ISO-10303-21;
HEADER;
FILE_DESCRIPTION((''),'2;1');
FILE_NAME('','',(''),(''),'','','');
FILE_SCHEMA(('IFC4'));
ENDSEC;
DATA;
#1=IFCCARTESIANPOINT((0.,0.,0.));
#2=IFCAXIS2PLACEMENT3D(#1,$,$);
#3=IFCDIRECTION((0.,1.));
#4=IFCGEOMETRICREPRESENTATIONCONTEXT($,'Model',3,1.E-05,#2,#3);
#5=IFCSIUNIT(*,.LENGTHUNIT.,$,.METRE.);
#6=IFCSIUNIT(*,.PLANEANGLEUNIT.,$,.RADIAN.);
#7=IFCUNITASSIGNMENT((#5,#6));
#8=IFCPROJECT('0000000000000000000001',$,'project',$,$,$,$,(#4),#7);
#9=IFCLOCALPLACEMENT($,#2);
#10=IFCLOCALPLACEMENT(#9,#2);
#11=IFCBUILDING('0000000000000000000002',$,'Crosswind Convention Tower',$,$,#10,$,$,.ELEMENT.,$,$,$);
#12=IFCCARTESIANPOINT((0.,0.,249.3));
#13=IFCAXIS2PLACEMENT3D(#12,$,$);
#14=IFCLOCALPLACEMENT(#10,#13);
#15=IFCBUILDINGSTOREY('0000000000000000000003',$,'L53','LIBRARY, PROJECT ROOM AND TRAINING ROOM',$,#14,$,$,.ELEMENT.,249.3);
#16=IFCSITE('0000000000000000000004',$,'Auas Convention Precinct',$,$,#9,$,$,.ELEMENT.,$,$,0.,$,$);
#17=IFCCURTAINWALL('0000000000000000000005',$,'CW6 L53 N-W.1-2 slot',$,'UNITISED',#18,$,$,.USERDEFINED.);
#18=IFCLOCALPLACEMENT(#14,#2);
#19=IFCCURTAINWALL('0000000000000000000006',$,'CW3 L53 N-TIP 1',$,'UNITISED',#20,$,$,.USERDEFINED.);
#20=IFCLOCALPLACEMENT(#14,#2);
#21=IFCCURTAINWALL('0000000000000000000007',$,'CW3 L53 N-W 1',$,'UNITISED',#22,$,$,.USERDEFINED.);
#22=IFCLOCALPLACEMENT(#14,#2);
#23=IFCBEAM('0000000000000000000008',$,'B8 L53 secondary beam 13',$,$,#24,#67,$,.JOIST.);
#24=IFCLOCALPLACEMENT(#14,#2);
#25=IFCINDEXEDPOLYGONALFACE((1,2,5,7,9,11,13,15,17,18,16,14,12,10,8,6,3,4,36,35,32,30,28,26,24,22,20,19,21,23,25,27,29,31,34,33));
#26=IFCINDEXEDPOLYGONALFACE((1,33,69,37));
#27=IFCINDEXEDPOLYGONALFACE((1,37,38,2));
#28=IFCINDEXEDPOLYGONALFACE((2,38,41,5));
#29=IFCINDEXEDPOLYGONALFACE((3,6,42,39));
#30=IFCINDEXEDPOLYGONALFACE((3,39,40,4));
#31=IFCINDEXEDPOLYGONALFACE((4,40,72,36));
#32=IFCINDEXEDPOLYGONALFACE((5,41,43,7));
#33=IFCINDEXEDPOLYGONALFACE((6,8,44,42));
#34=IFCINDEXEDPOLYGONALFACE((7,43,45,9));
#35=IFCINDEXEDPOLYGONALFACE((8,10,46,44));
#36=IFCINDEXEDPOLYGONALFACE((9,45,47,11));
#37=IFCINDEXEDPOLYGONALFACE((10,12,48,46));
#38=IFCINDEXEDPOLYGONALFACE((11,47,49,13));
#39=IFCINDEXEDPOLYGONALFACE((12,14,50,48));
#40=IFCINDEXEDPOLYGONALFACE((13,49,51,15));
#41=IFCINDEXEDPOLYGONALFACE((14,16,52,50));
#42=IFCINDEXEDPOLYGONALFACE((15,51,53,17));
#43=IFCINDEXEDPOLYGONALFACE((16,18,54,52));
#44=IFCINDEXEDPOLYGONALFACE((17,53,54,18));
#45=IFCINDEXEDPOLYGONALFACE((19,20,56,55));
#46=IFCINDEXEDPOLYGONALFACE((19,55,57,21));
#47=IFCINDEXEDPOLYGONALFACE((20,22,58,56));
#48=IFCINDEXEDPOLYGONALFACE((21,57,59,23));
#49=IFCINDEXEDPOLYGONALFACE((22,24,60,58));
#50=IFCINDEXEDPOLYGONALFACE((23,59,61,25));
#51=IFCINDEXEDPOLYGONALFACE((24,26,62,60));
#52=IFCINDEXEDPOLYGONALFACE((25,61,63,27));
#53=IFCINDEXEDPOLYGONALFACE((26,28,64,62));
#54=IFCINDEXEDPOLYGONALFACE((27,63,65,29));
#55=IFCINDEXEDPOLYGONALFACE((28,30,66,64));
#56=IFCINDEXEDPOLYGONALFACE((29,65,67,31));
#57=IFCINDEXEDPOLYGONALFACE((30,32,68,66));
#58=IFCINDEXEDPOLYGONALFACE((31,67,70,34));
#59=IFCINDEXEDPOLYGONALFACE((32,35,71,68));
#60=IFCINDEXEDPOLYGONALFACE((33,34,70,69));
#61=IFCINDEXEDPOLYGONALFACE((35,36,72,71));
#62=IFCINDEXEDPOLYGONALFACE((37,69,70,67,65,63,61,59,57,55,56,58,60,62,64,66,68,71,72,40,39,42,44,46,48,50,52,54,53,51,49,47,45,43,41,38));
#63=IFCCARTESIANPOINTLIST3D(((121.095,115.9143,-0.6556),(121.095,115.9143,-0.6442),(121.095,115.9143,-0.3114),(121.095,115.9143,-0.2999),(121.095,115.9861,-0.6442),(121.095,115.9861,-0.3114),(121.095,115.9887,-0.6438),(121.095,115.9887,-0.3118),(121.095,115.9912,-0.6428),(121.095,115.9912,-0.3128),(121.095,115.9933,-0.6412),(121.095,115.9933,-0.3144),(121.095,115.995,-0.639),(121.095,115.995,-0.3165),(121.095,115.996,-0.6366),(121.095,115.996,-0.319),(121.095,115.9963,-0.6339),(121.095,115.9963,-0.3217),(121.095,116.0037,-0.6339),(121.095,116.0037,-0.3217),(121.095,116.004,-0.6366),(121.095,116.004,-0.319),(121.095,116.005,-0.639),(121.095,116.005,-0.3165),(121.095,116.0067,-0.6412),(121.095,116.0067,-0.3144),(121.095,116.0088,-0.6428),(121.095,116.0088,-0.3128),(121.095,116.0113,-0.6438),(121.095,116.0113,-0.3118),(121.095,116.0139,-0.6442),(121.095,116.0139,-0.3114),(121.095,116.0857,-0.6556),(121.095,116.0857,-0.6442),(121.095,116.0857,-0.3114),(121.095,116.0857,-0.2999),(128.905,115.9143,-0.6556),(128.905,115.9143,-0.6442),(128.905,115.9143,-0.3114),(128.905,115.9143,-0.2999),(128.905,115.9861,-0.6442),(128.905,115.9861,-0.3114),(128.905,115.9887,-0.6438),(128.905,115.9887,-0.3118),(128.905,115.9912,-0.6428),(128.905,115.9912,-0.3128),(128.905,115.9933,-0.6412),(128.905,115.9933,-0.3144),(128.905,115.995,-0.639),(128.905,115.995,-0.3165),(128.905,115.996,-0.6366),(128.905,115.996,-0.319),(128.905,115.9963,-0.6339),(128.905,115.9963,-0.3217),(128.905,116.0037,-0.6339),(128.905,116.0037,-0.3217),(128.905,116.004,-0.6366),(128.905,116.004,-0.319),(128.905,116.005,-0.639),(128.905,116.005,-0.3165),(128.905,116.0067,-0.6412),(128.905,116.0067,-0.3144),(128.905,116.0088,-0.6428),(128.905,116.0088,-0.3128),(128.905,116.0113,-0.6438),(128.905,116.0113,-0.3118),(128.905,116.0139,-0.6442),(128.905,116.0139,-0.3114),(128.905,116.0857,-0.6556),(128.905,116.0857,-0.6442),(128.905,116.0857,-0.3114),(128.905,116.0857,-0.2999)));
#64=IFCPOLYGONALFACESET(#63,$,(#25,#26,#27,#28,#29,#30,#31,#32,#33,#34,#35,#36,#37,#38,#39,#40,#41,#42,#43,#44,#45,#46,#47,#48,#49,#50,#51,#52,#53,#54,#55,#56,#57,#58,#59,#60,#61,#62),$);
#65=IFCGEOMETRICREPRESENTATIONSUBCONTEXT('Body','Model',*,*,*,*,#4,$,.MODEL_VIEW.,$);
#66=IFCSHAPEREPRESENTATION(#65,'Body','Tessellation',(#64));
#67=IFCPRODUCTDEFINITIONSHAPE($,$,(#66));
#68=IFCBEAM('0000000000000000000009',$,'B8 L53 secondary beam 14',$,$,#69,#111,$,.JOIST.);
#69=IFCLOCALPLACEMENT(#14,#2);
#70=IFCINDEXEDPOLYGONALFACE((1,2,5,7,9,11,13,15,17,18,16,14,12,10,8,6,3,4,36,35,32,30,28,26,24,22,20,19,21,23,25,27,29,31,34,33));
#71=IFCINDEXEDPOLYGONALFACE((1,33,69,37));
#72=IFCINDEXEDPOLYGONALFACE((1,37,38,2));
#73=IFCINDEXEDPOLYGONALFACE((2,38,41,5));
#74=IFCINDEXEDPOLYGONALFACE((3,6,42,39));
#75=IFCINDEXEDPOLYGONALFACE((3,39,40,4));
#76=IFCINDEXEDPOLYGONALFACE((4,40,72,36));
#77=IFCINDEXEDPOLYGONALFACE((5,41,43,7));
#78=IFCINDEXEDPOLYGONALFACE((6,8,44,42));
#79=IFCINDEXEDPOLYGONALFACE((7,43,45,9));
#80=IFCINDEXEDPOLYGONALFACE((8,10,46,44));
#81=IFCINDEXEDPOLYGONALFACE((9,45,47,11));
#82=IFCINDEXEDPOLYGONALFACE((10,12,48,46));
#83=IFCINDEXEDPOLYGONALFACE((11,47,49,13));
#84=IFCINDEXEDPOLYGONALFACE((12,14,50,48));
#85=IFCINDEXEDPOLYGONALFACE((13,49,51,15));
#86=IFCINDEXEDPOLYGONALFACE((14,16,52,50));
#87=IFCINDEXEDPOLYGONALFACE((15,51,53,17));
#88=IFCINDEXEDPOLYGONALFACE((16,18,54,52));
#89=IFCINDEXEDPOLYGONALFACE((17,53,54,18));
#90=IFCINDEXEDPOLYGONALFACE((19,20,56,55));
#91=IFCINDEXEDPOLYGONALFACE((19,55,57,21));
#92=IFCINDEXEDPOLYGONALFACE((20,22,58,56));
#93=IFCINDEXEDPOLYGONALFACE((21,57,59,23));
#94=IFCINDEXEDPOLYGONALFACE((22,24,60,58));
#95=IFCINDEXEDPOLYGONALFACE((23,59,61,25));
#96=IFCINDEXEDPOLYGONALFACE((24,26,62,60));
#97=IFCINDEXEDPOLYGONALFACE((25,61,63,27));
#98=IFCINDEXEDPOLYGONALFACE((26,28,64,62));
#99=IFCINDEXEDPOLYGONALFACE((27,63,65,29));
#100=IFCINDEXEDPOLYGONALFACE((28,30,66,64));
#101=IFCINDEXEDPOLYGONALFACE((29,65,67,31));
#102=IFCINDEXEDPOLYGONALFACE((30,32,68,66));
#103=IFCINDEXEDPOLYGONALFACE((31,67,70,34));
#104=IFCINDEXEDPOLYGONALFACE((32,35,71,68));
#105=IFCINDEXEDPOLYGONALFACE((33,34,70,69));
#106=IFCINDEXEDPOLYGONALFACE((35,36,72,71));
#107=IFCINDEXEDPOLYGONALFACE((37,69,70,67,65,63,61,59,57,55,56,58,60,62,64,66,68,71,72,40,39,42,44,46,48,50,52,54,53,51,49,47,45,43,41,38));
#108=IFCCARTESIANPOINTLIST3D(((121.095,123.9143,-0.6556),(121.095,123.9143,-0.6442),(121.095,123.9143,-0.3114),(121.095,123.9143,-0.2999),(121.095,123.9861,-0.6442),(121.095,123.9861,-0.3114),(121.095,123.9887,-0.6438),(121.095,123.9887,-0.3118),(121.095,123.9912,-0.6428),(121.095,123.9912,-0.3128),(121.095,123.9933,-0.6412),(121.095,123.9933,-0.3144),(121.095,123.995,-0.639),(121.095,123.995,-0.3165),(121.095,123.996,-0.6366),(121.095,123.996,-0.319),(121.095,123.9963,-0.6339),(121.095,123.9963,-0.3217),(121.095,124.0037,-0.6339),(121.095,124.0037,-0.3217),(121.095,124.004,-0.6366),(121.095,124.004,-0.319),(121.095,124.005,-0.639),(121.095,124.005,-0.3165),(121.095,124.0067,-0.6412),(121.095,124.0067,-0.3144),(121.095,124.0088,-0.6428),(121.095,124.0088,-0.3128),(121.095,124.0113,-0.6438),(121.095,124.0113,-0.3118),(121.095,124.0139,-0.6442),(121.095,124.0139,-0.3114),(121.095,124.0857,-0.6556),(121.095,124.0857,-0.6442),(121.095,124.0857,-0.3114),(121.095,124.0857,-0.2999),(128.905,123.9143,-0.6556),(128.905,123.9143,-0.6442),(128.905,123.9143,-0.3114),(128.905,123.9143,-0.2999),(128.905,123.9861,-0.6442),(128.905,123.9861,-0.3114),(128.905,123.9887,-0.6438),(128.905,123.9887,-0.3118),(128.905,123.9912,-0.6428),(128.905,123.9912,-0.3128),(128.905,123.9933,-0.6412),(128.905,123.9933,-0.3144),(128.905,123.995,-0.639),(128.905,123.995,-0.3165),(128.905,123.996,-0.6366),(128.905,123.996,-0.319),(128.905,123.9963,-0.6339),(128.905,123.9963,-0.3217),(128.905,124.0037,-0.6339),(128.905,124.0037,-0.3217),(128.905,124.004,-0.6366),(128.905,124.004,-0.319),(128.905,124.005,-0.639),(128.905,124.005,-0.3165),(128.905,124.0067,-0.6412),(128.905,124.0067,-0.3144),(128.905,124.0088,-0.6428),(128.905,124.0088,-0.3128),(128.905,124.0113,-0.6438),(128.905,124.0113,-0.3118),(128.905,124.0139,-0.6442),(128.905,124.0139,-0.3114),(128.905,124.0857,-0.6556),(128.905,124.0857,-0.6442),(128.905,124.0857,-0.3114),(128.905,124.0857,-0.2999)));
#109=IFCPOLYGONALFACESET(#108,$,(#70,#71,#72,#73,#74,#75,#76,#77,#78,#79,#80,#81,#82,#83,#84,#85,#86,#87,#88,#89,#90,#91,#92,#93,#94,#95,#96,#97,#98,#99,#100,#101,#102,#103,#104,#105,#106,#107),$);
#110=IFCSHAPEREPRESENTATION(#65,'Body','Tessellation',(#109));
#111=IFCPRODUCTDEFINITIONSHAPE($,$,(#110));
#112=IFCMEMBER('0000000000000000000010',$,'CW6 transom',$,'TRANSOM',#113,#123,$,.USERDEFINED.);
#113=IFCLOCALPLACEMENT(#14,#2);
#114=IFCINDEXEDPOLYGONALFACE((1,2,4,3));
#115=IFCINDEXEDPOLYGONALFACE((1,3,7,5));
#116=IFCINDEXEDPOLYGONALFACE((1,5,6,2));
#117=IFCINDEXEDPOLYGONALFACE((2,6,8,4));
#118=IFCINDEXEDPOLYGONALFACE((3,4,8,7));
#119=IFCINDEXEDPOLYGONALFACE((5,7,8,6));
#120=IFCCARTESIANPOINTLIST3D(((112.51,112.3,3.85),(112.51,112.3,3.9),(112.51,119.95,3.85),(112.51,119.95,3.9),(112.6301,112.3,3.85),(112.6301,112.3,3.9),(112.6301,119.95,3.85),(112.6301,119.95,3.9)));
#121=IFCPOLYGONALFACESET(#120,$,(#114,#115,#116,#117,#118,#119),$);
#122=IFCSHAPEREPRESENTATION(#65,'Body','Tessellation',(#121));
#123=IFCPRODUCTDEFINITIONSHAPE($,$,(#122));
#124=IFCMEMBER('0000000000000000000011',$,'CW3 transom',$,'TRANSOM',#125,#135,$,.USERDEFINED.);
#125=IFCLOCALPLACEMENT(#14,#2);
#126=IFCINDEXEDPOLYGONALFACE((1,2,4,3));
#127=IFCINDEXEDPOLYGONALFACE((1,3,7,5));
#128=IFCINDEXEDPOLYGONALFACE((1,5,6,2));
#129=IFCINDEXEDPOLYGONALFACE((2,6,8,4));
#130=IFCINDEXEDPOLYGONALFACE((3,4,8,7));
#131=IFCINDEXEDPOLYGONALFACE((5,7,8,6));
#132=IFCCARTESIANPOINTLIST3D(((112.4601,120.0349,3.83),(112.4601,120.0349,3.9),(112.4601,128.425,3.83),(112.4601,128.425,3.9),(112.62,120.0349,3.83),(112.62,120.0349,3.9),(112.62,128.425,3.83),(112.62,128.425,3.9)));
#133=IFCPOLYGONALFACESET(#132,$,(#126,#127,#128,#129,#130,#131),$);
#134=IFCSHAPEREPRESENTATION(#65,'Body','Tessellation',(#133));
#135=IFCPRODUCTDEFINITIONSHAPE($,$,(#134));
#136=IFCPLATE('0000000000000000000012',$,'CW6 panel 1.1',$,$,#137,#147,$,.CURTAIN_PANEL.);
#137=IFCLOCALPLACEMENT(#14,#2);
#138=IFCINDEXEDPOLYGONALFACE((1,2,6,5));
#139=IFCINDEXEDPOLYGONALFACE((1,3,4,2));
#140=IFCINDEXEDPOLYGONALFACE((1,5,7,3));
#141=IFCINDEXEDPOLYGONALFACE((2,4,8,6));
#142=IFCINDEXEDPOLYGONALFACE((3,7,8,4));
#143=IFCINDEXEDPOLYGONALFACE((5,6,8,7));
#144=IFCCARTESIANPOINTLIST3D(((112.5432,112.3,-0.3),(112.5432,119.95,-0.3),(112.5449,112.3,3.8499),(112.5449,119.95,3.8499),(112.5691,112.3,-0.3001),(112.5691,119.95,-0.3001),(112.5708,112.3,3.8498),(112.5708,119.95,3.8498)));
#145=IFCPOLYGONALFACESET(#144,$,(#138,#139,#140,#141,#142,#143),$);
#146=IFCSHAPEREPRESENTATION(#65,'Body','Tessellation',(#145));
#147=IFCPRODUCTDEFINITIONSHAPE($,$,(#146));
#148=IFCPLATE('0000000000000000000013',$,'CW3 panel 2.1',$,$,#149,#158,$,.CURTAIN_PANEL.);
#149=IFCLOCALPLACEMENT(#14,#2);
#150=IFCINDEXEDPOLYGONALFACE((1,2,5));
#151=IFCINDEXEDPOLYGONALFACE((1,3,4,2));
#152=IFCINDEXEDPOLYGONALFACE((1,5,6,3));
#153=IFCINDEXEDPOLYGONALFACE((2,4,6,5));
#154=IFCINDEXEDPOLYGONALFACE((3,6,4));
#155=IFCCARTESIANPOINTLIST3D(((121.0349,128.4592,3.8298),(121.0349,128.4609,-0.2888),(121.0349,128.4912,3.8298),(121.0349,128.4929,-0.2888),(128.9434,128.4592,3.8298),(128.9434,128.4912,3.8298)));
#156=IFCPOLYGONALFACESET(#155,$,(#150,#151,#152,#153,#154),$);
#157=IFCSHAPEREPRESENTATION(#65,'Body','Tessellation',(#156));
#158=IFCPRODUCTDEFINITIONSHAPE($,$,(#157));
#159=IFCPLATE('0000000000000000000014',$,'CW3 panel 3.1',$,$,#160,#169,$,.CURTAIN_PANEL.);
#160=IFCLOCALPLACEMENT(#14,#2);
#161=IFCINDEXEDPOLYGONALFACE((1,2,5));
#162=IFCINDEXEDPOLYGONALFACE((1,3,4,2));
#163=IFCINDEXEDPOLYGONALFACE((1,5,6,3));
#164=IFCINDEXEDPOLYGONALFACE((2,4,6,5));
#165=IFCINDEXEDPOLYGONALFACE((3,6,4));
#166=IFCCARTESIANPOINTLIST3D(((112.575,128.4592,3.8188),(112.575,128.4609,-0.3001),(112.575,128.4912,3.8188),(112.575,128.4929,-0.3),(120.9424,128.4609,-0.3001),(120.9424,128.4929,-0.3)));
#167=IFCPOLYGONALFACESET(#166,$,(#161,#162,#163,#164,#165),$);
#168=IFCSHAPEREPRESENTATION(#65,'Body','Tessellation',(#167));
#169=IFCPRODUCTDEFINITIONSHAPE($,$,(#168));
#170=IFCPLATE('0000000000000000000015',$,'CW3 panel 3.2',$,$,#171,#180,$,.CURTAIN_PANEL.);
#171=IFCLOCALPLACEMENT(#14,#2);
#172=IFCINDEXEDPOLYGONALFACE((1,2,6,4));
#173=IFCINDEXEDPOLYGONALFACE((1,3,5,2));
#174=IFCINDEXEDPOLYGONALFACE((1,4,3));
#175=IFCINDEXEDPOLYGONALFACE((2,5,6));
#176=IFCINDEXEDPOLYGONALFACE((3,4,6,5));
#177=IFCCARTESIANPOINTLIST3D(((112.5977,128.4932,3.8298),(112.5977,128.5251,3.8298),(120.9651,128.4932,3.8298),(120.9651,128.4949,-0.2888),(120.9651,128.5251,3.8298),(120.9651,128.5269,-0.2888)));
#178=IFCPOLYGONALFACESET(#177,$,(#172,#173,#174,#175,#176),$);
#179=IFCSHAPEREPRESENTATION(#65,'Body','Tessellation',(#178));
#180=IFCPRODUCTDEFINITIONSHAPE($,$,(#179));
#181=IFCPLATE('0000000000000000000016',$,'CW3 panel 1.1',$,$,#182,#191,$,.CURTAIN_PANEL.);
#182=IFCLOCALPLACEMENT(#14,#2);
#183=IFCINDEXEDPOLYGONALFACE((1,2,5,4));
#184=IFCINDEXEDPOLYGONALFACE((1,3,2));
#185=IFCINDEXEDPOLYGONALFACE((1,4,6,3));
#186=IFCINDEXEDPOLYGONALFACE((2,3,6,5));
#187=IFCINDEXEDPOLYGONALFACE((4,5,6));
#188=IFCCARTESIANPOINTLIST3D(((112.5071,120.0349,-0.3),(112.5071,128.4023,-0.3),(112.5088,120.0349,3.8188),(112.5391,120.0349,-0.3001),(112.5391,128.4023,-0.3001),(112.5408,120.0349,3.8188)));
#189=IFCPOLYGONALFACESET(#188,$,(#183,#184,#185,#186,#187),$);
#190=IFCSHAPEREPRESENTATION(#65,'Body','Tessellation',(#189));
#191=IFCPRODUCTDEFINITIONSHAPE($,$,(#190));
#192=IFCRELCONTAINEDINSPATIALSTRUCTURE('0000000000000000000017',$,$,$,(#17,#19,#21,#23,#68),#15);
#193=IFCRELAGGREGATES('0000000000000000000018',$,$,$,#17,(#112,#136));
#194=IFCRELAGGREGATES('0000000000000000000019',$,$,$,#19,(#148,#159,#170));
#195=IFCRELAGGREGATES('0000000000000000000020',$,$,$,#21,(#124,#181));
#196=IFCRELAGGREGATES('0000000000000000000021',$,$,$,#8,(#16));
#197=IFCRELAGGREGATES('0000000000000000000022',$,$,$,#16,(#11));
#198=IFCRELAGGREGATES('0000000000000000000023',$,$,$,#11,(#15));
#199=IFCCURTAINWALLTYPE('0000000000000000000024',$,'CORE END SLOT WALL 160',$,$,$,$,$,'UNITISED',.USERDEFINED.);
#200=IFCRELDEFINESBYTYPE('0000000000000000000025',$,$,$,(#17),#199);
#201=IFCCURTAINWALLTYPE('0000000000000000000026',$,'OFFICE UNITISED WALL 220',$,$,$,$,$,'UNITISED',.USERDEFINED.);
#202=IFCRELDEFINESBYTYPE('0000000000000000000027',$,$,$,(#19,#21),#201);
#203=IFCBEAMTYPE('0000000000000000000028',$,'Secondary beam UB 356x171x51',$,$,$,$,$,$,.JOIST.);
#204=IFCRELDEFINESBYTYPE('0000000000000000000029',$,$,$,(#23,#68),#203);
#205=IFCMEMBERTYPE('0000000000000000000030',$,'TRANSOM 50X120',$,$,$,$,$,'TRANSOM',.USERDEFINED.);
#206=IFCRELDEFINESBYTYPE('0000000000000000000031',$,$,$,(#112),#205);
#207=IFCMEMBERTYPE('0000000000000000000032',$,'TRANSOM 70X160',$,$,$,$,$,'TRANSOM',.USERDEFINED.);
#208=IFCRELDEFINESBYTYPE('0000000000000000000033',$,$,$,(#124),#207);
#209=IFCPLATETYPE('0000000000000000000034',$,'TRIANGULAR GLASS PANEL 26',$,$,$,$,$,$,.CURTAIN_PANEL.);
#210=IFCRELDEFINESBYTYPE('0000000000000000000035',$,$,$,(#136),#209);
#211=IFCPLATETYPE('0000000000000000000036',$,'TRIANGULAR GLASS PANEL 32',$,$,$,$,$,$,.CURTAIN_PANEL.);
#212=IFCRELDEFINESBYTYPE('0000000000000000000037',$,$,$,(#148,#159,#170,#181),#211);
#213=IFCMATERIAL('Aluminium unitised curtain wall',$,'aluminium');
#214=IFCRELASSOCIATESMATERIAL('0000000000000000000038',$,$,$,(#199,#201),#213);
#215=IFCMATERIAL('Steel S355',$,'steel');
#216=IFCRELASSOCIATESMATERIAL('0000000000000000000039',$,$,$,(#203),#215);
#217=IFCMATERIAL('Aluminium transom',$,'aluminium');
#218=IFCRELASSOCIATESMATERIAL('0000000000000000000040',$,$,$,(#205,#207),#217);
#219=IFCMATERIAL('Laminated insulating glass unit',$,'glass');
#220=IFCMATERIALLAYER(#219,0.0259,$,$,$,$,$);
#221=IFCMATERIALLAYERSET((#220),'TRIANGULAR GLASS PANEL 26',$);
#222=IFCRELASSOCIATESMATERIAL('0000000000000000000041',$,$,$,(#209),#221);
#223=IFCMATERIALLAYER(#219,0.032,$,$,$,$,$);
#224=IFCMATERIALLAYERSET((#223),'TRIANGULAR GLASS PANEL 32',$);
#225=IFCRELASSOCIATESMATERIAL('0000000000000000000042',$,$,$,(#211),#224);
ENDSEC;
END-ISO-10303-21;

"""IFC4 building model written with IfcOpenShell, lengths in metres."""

from ifc_helpers import new_model, si_unit, direction, frame, origin, origin_2d, place, context, subcontext, project, spatial, polyline, rectangle, i_section, outline, extrude, material, layer, layer_set, material_profile, profile_set, type_object, element, aggregate, save


model = new_model("IFC4")

# Units and contexts
model_context = context("Model", 3, precision=1e-05, world=origin(), true_north=direction((0.0, 1.0)))
body_context = subcontext(model_context, "Body", "Model", "MODEL_VIEW")
ifc_project = project(units=[si_unit("LENGTHUNIT", "METRE"), si_unit("PLANEANGLEUNIT", "RADIAN")], contexts=[model_context])

# Site, building, storey
site_placement = place(None, origin())
site = spatial("IfcSite", under=ifc_project, at=site_placement, Name="Auas Convention Precinct", CompositionType="ELEMENT", RefElevation=0.0)
building_placement = place(site_placement, origin())
building = spatial("IfcBuilding", under=site, at=building_placement, Name="Crosswind Convention Tower", CompositionType="ELEMENT")
storey_placement = place(building_placement, frame((0.0, 0.0, 249.3)))
storey = spatial("IfcBuildingStorey", under=building, at=storey_placement, Name="L53", Description="LIBRARY, PROJECT ROOM AND TRAINING ROOM", CompositionType="ELEMENT", Elevation=249.3)

# Shared definitions
ifc_material_1 = material(Name="Steel S355", Category="steel")

# Curtain walls
ifc_material_2 = material(Name="Aluminium unitised curtain wall", Category="aluminium")
curtain_wall_type_1 = type_object("IfcCurtainWallType", Name="CORE END SLOT WALL 160", ElementType="UNITISED", PredefinedType="USERDEFINED", material=ifc_material_2)
curtain_wall_1_placement = place(storey_placement, origin())
curtain_wall_1 = element("IfcCurtainWall", 1, at=curtain_wall_1_placement, inside=storey, type_object=curtain_wall_type_1, Name="CW6 L53 N-W.1-2 slot", ObjectType="UNITISED", PredefinedType="USERDEFINED")
curtain_wall_type_2 = type_object("IfcCurtainWallType", Name="OFFICE UNITISED WALL 220", ElementType="UNITISED", PredefinedType="USERDEFINED", material=ifc_material_2)
curtain_wall_2_placement = place(storey_placement, origin())
curtain_wall_2 = element("IfcCurtainWall", 2, at=curtain_wall_2_placement, inside=storey, type_object=curtain_wall_type_2, Name="CW3 L53 N-TIP 1", ObjectType="UNITISED", PredefinedType="USERDEFINED")

# Curtain wall
curtain_wall_3_placement = place(storey_placement, origin())
curtain_wall_3 = element("IfcCurtainWall", 3, at=curtain_wall_3_placement, inside=storey, type_object=curtain_wall_type_2, Name="CW3 L53 N-W 1", ObjectType="UNITISED", PredefinedType="USERDEFINED")

# Beams
ifc_material_profile_1 = material_profile(ifc_material_1, i_section(OverallWidth=0.1714, OverallDepth=0.3557, WebThickness=0.0073, FlangeThickness=0.0115, FilletRadius=0.0103, at=origin_2d()), Name="UB 356x171x51")
ifc_profile_set_1 = profile_set([ifc_material_profile_1], Name="Steel S355")
beam_type_1 = type_object("IfcBeamType", Name="Secondary beam UB 356x171x51", PredefinedType="JOIST", material=ifc_profile_set_1)
for number, where, z_axis, x_axis, name in (
    (4, (121.095, 116.0, -0.4778), (1.0, 0.0, 0.0), (0.0, 1.0, 0.0), "B8 L53 secondary beam 13"),
    (5, (121.095, 124.0, -0.4778), (1.0, 0.0, 0.0), (0.0, 1.0, 0.0), "B8 L53 secondary beam 14"),
):
    element("IfcBeam", number, at=place(storey_placement, frame(where, z_axis=z_axis, x_axis=x_axis)), inside=storey, type_object=beam_type_1, Name=name, PredefinedType="JOIST", context=body_context, shape_type="SweptSolid", body=[
        extrude(i_section(OverallWidth=0.1714, OverallDepth=0.3557, WebThickness=0.0073, FlangeThickness=0.0115, FilletRadius=0.0103, at=origin_2d()), origin(), (0.0, 0.0, 1.0), 7.8101),
    ])

# Members
ifc_material_3 = material(Name="Aluminium transom", Category="aluminium")
ifc_material_profile_2 = material_profile(ifc_material_3, rectangle(XDim=0.1201, YDim=0.05, at=origin_2d()), Name="AL 120X50")
ifc_profile_set_2 = profile_set([ifc_material_profile_2], Name="Aluminium transom")
member_type_1 = type_object("IfcMemberType", Name="TRANSOM 50X120", ElementType="TRANSOM", PredefinedType="USERDEFINED", material=ifc_profile_set_2)
member_1_placement = place(storey_placement, frame((112.5701, 119.95, 3.875), z_axis=(0.0, -1.0, 0.0), x_axis=(1.0, 0.0, 0.0)))
member_1 = element("IfcMember", 6, at=member_1_placement, type_object=member_type_1, Name="CW6 transom", ObjectType="TRANSOM", PredefinedType="USERDEFINED", context=body_context, shape_type="SweptSolid", body=[
    extrude(rectangle(XDim=0.1201, YDim=0.05, at=origin_2d()), origin(), (0.0, 0.0, 1.0), 7.6499),
])
ifc_material_profile_3 = material_profile(ifc_material_3, rectangle(XDim=0.1599, YDim=0.0701, at=origin_2d()), Name="AL 160X70")
ifc_profile_set_3 = profile_set([ifc_material_profile_3], Name="Aluminium transom")
member_type_2 = type_object("IfcMemberType", Name="TRANSOM 70X160", ElementType="TRANSOM", PredefinedType="USERDEFINED", material=ifc_profile_set_3)
member_2_placement = place(storey_placement, frame((112.54, 128.425, 3.865), z_axis=(0.0, -1.0, 0.0), x_axis=(1.0, 0.0, 0.0)))
member_2 = element("IfcMember", 7, at=member_2_placement, type_object=member_type_2, Name="CW3 transom", ObjectType="TRANSOM", PredefinedType="USERDEFINED", context=body_context, shape_type="SweptSolid", body=[
    extrude(rectangle(XDim=0.1599, YDim=0.0701, at=origin_2d()), origin(), (0.0, 0.0, 1.0), 8.3901),
])

# Plates
ifc_material_4 = material(Name="Laminated insulating glass unit", Category="glass")
ifc_layer_1 = layer(ifc_material_4, 0.0259)
ifc_layer_set_1 = layer_set([ifc_layer_1], Name="TRIANGULAR GLASS PANEL 26")
plate_type_1 = type_object("IfcPlateType", Name="TRIANGULAR GLASS PANEL 26", PredefinedType="CURTAIN_PANEL", material=ifc_layer_set_1)
plate_1_placement = place(storey_placement, frame((112.5432, 119.95, -0.3), z_axis=(-1.0, 0.0, 0.000412), x_axis=(0.0, -1.0, 0.0)))
plate_1 = element("IfcPlate", 8, at=plate_1_placement, type_object=plate_type_1, Name="CW6 panel 1.1", PredefinedType="CURTAIN_PANEL", context=body_context, shape_type="SweptSolid", body=[
    extrude(outline(polyline([(0.0, 0.0), (7.6499, 0.0), (7.6499, 4.1499), (0.0, 4.1499), (0.0, 0.0)])), origin(), (0.0, 0.0, -1.0), 0.0259),
])
aggregate(curtain_wall_1, [member_1, plate_1])
ifc_layer_2 = layer(ifc_material_4, 0.032)
ifc_layer_set_2 = layer_set([ifc_layer_2], Name="TRIANGULAR GLASS PANEL 32")
plate_type_2 = type_object("IfcPlateType", Name="TRIANGULAR GLASS PANEL 32", PredefinedType="CURTAIN_PANEL", material=ifc_layer_set_2)
plate_2_placement = place(storey_placement, frame((121.0349, 128.4912, 3.8298), z_axis=(0.0, 1.0, 0.000415), x_axis=(1.0, 0.0, 0.0)))
plate_2 = element("IfcPlate", 9, at=plate_2_placement, type_object=plate_type_2, Name="CW3 panel 2.1", PredefinedType="CURTAIN_PANEL", context=body_context, shape_type="SweptSolid", body=[
    extrude(outline(polyline([(0.0, 0.0), (7.9084, 0.0), (0.0, 4.1187), (0.0, 0.0)])), origin(), (0.0, 0.0, -1.0), 0.032),
])
plate_3_placement = place(storey_placement, frame((112.575, 128.4929, -0.3), z_axis=(0.0, 1.0, 0.000415), x_axis=(0.0, -0.000415, 1.0)))
plate_3 = element("IfcPlate", 10, at=plate_3_placement, type_object=plate_type_2, Name="CW3 panel 3.1", PredefinedType="CURTAIN_PANEL", context=body_context, shape_type="SweptSolid", body=[
    extrude(outline(polyline([(0.0, 0.0), (4.1189, 0.0), (0.0, 8.3674), (0.0, 0.0)])), origin(), (0.0, 0.0, -1.0), 0.032),
])
plate_4_placement = place(storey_placement, frame((120.9651, 128.5251, 3.8298), z_axis=(0.0, 1.0, 0.000415), x_axis=(0.0, 0.000415, -1.0)))
plate_4 = element("IfcPlate", 11, at=plate_4_placement, type_object=plate_type_2, Name="CW3 panel 3.2", PredefinedType="CURTAIN_PANEL", context=body_context, shape_type="SweptSolid", body=[
    extrude(outline(polyline([(0.0, 0.0), (4.1187, 0.0), (0.0, 8.3674), (0.0, 0.0)])), origin(), (0.0, 0.0, -1.0), 0.032),
])
aggregate(curtain_wall_2, [plate_2, plate_3, plate_4])
plate_5_placement = place(storey_placement, frame((112.5071, 120.0349, -0.3), z_axis=(-1.0, 0.0, 0.000415), x_axis=(0.000415, 0.0, 1.0)))
plate_5 = element("IfcPlate", 12, at=plate_5_placement, type_object=plate_type_2, Name="CW3 panel 1.1", PredefinedType="CURTAIN_PANEL", context=body_context, shape_type="SweptSolid", body=[
    extrude(outline(polyline([(0.0, 0.0), (4.1189, 0.0), (0.0, 8.3674), (0.0, 0.0)])), origin(), (0.0, 0.0, -1.0), 0.032),
])

aggregate(curtain_wall_3, [member_2, plate_5])

save(model, "model.ifc")
